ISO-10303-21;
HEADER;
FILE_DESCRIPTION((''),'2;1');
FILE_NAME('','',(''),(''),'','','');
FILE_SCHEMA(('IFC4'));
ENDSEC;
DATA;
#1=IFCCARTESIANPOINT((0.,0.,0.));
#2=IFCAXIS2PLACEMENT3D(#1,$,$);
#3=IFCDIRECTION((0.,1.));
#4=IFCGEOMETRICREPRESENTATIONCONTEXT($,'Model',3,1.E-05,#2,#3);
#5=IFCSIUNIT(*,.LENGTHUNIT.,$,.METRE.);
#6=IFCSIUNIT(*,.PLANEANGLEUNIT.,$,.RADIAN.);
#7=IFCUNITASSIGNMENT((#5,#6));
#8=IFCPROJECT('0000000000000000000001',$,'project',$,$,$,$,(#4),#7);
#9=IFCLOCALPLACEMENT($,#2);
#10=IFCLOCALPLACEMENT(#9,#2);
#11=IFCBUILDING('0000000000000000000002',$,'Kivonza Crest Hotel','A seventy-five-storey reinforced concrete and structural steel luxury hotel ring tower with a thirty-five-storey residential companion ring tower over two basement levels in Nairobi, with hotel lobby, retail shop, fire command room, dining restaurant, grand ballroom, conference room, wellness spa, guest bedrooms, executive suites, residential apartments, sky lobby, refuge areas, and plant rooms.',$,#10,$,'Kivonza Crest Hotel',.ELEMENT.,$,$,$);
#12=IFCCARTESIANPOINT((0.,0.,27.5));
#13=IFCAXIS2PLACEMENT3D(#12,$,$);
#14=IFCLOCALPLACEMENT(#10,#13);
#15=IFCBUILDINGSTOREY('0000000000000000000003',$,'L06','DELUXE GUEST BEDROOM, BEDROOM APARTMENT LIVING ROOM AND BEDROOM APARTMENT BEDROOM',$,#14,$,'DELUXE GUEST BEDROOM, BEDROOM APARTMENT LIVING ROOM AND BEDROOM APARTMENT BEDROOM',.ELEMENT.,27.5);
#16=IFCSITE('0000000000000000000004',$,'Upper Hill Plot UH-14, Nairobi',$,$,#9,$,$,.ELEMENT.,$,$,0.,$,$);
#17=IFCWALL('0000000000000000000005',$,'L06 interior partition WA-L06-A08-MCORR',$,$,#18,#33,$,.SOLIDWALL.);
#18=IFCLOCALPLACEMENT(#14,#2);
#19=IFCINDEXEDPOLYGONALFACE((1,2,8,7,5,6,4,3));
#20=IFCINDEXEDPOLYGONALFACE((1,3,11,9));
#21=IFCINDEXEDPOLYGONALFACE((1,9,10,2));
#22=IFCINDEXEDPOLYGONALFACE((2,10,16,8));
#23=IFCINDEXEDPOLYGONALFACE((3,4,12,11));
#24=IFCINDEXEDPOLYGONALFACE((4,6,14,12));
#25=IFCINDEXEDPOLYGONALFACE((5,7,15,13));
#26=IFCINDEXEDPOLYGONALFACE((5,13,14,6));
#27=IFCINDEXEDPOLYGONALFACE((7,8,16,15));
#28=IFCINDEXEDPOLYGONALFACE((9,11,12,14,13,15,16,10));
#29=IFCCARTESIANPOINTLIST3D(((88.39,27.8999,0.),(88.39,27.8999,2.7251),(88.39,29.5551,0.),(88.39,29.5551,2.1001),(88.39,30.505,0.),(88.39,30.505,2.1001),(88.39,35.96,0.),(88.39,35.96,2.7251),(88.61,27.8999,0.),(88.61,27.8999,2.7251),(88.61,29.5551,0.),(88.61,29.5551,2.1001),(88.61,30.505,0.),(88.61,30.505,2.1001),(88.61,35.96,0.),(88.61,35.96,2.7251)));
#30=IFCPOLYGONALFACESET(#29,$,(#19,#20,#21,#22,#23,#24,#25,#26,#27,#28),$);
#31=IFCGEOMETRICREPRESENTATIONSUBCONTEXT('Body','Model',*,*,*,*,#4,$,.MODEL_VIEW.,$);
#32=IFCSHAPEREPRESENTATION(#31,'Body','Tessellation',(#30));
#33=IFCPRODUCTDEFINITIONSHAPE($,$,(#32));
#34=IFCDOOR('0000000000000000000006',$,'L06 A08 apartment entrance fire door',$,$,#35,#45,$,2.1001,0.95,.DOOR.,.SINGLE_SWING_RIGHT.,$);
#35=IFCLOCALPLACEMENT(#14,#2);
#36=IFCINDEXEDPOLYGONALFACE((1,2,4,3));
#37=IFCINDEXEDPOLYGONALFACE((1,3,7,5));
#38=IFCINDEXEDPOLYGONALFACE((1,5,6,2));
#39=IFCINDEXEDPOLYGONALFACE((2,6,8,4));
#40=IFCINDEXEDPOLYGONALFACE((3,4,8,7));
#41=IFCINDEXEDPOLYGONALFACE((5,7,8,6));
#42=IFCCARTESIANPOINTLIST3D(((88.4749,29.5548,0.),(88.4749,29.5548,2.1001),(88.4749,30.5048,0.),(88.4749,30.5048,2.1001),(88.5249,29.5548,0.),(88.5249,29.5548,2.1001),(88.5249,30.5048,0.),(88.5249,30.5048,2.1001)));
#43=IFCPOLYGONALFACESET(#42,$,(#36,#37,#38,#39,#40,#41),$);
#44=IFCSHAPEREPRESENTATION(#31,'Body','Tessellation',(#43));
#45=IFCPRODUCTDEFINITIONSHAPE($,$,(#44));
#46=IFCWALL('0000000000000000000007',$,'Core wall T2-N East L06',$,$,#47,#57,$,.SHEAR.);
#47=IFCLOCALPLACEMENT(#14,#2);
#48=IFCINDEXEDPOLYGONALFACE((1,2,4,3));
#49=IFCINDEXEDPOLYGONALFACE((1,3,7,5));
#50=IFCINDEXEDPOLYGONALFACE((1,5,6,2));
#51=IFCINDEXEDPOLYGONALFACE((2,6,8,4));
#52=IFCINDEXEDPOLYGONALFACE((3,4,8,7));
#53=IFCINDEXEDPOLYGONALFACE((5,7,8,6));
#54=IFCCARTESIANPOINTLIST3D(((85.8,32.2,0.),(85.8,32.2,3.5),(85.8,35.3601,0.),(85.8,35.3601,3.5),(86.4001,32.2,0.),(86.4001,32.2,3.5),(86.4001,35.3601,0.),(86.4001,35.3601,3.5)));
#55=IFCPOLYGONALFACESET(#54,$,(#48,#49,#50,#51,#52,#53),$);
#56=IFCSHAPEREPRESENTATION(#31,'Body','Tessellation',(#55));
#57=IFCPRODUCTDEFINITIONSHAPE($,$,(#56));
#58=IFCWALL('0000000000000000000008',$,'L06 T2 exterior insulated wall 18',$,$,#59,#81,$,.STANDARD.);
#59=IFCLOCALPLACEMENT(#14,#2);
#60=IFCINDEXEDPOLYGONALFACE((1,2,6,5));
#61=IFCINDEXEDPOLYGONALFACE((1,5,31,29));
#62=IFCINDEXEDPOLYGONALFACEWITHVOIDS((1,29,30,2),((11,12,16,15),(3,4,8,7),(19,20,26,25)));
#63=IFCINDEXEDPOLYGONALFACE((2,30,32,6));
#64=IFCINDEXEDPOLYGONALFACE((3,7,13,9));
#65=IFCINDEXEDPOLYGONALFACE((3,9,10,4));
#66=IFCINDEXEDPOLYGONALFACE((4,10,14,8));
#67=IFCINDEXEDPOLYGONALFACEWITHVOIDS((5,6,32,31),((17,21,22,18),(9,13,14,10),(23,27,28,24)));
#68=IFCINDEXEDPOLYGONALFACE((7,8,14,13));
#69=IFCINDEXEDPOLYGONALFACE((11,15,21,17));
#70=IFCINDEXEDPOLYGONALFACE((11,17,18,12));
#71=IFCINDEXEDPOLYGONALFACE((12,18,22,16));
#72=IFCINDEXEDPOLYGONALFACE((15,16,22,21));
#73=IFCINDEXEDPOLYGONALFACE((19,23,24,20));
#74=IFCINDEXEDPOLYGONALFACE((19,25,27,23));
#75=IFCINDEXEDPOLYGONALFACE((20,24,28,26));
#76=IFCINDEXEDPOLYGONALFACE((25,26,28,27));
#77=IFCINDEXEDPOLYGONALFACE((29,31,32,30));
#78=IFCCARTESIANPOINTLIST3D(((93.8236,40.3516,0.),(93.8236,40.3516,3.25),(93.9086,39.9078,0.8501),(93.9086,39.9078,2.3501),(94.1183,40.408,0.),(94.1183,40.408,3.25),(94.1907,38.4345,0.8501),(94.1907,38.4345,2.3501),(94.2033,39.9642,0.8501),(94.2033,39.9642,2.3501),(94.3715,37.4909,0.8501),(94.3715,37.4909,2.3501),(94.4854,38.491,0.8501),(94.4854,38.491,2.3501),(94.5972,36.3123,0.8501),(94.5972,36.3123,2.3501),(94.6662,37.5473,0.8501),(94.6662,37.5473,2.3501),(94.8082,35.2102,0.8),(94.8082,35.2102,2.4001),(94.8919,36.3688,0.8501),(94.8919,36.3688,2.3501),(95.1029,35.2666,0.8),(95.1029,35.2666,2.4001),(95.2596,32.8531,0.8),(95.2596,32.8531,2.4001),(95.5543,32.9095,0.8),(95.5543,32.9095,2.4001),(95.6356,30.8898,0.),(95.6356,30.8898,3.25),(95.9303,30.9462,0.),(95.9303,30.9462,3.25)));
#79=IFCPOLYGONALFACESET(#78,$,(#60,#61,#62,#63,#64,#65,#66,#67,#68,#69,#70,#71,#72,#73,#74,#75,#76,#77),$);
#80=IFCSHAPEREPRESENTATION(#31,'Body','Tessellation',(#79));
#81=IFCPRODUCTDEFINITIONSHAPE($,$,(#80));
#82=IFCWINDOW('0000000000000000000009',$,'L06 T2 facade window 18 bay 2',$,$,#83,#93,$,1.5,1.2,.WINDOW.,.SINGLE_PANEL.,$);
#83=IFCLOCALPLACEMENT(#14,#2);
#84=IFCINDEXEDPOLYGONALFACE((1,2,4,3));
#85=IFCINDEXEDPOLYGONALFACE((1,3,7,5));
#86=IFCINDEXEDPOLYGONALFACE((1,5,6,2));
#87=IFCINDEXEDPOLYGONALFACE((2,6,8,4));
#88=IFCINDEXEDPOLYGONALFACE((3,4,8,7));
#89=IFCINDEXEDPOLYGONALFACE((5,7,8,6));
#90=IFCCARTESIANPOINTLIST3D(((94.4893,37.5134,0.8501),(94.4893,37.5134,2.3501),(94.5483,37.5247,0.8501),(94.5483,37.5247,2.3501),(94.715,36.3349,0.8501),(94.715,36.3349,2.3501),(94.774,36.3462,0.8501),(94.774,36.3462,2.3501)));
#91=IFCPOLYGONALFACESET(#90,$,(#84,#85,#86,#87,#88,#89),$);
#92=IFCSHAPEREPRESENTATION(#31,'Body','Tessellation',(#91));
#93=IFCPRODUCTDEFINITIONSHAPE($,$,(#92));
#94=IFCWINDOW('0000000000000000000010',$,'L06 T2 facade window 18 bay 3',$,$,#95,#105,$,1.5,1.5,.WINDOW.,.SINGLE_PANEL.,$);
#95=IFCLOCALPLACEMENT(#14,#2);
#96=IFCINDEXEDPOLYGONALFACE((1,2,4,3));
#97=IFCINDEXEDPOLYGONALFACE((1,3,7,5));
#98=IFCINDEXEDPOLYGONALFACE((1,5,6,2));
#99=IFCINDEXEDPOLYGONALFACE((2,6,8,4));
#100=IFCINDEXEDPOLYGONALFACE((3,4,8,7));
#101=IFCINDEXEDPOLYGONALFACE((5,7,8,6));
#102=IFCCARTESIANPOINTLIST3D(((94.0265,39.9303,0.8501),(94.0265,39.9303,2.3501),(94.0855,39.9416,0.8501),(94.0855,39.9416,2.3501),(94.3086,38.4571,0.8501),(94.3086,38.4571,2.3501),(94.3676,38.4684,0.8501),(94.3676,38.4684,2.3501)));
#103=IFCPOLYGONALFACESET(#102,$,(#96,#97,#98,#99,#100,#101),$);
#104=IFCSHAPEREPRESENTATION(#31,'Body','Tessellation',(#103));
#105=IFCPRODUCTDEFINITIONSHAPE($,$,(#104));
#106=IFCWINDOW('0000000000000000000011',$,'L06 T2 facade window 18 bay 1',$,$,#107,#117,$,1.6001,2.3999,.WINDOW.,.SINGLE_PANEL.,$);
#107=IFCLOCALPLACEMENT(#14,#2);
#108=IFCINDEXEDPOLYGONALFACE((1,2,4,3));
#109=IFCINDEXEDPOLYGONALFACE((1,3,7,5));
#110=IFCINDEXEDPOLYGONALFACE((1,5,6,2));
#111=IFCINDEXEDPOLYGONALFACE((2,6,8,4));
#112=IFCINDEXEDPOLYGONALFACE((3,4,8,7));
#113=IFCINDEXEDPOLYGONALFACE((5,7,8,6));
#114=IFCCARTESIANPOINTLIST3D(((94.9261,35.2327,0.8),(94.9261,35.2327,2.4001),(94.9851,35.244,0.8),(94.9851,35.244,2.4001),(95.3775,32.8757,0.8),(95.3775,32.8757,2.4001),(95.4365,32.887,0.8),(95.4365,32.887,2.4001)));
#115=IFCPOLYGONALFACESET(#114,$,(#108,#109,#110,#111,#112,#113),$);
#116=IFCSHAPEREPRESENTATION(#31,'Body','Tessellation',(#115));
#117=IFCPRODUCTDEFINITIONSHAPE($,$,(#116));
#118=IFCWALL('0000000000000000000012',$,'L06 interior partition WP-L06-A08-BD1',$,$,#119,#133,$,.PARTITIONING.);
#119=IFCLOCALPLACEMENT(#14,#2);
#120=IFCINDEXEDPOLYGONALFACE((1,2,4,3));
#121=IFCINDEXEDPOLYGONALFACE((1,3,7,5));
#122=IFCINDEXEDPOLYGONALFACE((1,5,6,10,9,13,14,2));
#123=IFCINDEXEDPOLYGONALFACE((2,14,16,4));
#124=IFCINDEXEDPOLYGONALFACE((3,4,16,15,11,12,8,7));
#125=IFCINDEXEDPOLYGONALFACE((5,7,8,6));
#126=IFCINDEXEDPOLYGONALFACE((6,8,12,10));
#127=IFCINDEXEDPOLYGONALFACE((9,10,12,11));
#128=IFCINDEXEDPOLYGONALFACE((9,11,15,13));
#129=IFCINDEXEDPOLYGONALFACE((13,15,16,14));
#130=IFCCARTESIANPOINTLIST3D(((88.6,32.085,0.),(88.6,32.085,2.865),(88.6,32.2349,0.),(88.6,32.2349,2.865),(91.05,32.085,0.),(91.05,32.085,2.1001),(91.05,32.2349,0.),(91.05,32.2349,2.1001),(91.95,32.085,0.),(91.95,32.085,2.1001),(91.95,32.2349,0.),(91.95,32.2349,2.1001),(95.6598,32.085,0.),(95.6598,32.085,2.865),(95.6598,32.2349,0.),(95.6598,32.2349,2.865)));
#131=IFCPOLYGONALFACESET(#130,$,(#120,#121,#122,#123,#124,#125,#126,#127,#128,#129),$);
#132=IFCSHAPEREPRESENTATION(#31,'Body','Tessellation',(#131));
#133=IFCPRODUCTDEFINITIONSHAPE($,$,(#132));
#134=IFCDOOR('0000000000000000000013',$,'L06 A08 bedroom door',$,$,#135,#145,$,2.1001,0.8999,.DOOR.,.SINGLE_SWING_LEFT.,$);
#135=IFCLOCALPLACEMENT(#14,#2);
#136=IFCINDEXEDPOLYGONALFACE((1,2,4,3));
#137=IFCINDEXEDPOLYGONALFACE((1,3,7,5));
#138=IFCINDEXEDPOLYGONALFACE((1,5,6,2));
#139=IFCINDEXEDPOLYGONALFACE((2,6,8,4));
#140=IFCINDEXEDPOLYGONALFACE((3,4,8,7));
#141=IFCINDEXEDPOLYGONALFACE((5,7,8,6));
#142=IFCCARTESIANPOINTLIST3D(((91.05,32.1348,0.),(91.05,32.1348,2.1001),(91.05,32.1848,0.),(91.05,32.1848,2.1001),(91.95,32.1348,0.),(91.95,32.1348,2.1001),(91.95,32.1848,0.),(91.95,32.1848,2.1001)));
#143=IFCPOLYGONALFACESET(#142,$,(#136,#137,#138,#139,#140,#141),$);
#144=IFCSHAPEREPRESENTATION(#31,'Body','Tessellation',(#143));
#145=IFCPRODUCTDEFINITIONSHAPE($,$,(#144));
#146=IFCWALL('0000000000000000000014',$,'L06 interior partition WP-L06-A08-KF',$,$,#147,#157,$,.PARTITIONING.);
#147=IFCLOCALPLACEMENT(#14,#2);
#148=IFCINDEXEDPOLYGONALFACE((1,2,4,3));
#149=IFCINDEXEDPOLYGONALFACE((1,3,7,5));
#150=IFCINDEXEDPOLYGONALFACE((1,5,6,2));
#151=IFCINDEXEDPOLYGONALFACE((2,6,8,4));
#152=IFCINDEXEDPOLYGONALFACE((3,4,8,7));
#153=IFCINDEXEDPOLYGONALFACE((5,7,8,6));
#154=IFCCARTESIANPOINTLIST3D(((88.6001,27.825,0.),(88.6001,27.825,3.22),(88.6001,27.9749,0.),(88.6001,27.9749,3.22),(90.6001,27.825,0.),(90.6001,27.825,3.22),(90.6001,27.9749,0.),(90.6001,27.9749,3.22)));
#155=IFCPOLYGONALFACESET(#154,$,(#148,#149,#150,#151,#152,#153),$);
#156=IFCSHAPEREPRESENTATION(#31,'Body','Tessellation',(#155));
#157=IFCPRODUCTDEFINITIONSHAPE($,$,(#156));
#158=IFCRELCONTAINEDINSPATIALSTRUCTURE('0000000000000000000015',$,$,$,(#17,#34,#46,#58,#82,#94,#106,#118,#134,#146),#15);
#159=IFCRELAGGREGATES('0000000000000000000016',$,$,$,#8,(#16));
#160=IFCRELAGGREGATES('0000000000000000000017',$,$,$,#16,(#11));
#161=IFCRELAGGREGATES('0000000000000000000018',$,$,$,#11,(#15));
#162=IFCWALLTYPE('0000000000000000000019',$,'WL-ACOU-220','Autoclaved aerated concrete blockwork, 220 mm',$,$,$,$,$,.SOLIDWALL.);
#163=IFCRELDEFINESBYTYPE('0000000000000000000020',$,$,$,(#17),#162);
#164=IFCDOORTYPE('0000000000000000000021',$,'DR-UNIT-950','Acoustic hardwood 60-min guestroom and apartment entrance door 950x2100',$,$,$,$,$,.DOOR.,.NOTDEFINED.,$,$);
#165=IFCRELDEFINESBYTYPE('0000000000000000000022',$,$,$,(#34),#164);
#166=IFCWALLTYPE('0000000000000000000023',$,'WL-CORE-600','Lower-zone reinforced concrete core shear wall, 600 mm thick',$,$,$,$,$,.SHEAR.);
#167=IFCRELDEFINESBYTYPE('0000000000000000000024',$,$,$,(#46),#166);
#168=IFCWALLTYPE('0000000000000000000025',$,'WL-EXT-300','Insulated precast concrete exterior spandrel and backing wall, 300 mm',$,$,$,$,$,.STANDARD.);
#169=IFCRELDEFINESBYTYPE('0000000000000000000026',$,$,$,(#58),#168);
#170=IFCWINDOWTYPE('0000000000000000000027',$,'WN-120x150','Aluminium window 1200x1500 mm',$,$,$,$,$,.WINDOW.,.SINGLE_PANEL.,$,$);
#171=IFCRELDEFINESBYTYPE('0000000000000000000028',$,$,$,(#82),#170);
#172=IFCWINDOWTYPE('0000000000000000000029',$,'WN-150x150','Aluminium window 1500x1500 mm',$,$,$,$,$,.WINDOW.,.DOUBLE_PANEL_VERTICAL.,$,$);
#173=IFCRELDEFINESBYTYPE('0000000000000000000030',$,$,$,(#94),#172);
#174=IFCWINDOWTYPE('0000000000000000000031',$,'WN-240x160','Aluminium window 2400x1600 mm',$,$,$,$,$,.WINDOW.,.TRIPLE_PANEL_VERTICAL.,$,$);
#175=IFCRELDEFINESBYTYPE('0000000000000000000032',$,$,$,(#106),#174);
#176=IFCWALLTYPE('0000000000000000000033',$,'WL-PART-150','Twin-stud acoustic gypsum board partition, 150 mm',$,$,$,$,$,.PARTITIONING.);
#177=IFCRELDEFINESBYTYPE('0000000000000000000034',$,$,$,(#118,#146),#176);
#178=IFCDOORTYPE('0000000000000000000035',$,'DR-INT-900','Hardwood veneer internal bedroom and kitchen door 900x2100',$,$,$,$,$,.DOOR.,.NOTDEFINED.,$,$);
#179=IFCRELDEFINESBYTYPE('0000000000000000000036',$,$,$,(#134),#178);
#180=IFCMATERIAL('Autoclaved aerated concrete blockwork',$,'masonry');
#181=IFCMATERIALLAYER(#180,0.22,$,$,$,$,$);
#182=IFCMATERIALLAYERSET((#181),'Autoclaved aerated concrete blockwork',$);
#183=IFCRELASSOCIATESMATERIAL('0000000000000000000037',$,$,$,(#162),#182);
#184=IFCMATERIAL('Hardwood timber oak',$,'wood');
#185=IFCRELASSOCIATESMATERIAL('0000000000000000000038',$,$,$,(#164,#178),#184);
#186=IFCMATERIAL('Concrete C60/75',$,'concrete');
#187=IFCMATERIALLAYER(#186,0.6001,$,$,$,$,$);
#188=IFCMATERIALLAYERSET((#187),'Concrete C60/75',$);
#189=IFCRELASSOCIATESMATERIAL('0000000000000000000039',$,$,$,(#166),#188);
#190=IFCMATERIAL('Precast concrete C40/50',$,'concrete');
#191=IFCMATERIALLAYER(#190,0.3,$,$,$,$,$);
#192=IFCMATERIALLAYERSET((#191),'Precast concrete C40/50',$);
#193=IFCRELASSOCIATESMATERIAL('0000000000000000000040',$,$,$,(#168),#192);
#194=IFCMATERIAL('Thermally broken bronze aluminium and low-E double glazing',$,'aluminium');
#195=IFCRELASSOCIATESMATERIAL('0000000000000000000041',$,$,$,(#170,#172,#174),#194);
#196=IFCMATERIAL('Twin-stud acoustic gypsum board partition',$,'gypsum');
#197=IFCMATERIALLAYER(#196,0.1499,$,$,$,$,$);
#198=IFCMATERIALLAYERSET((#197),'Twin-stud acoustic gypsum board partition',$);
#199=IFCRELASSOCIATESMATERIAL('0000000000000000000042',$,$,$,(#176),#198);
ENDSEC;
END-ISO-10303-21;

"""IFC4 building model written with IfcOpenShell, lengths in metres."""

from ifc_helpers import new_model, si_unit, direction, frame, frame_2d, origin, place, context, subcontext, project, spatial, rectangle, extrude, material, layer, layer_set, type_object, element, fill, save


model = new_model("IFC4")

# Units and contexts
model_context = context("Model", 3, precision=1e-05, world=origin(), true_north=direction((0.0, 1.0)))
body_context = subcontext(model_context, "Body", "Model", "MODEL_VIEW")
ifc_project = project(units=[si_unit("LENGTHUNIT", "METRE"), si_unit("PLANEANGLEUNIT", "RADIAN")], contexts=[model_context])

# Site, building, storey
site_placement = place(None, origin())
site = spatial("IfcSite", under=ifc_project, at=site_placement, Name="Upper Hill Plot UH-14, Nairobi", CompositionType="ELEMENT", RefElevation=0.0)
building_placement = place(site_placement, origin())
building = spatial("IfcBuilding", under=site, at=building_placement, Name="Kivonza Crest Hotel", Description="A seventy-five-storey reinforced concrete and structural steel luxury hotel ring tower with a thirty-five-storey residential companion ring tower over two basement levels in Nairobi, with hotel lobby, retail shop, fire command room, dining restaurant, grand ballroom, conference room, wellness spa, guest bedrooms, executive suites, residential apartments, sky lobby, refuge areas, and plant rooms.", LongName="Kivonza Crest Hotel", CompositionType="ELEMENT")
storey_placement = place(building_placement, frame((0.0, 0.0, 27.5)))
storey = spatial("IfcBuildingStorey", under=building, at=storey_placement, Name="L06", Description="DELUXE GUEST BEDROOM, BEDROOM APARTMENT LIVING ROOM AND BEDROOM APARTMENT BEDROOM", LongName="DELUXE GUEST BEDROOM, BEDROOM APARTMENT LIVING ROOM AND BEDROOM APARTMENT BEDROOM", CompositionType="ELEMENT", Elevation=27.5)

# Shared definitions
ifc_material_1 = material(Name="Autoclaved aerated concrete blockwork", Category="masonry")
ifc_layer_1 = layer(ifc_material_1, 0.22)
ifc_layer_set_1 = layer_set([ifc_layer_1], Name="Autoclaved aerated concrete blockwork")
wall_type_1 = type_object("IfcWallType", Name="WL-ACOU-220", Description="Autoclaved aerated concrete blockwork, 220 mm", PredefinedType="SOLIDWALL", material=ifc_layer_set_1)

# Wall, opening, door
wall_1_placement = place(storey_placement, frame((88.5, 27.8999, 0.0), z_axis=(0.0, 0.0, 1.0), x_axis=(0.0, 1.0, 0.0)))
wall_1 = element("IfcWall", 1, at=wall_1_placement, inside=storey, type_object=wall_type_1, Name="L06 interior partition WA-L06-A08-MCORR", PredefinedType="SOLIDWALL", context=body_context, shape_type="SweptSolid", body=[
    extrude(rectangle(XDim=8.0601, YDim=0.22, at=frame_2d((4.03, 0.0))), origin(), (0.0, 0.0, 1.0), 2.7251),
])
opening_1_placement = place(wall_1_placement, frame((1.655, 0.0, 0.0)))
opening_1 = element("IfcOpeningElement", 2, at=opening_1_placement, cuts=wall_1, PredefinedType="OPENING", context=body_context, shape_type="SweptSolid", body=[
    extrude(rectangle(XDim=0.95, YDim=2.1001, at=frame_2d((0.4751, 1.05))), frame((0.0, 0.1201, 0.0), z_axis=(0.0, -1.0, 0.0), x_axis=(1.0, 0.0, 0.0)), (0.0, 0.0, 1.0), 0.24),
])
ifc_material_2 = material(Name="Hardwood timber oak", Category="wood")
door_type_1 = type_object("IfcDoorType", Name="DR-UNIT-950", Description="Acoustic hardwood 60-min guestroom and apartment entrance door 950x2100", OperationType="NOTDEFINED", PredefinedType="DOOR", material=ifc_material_2)
door_1_placement = place(opening_1_placement, frame((0.95, 0.0, 0.0), z_axis=(0.0, 0.0, 1.0), x_axis=(-1.0, 0.0, 0.0)))
door_1 = element("IfcDoor", 3, at=door_1_placement, inside=storey, type_object=door_type_1, Name="L06 A08 apartment entrance fire door", OperationType="SINGLE_SWING_RIGHT", OverallHeight=2.1001, OverallWidth=0.95, PredefinedType="DOOR", context=body_context, shape_type="SweptSolid", body=[
    extrude(rectangle(XDim=0.95, YDim=2.1001, at=frame_2d((0.4751, 1.05))), frame((0.0, 0.0249, 0.0), z_axis=(0.0, -1.0, 0.0), x_axis=(1.0, 0.0, 0.0)), (0.0, 0.0, 1.0), 0.05),
])
fill(opening_1, door_1)

# Wall
ifc_material_3 = material(Name="Concrete C60/75", Category="concrete")
ifc_layer_2 = layer(ifc_material_3, 0.6001)
ifc_layer_set_2 = layer_set([ifc_layer_2], Name="Concrete C60/75")
wall_type_2 = type_object("IfcWallType", Name="WL-CORE-600", Description="Lower-zone reinforced concrete core shear wall, 600 mm thick", PredefinedType="SHEAR", material=ifc_layer_set_2)
wall_2_placement = place(storey_placement, frame((86.1001, 32.2, 0.0), z_axis=(0.0, 0.0, 1.0), x_axis=(0.0, 1.0, 0.0)))
element("IfcWall", 4, at=wall_2_placement, inside=storey, type_object=wall_type_2, Name="Core wall T2-N East L06", PredefinedType="SHEAR", context=body_context, shape_type="SweptSolid", body=[
    extrude(rectangle(XDim=3.1602, YDim=0.6001, at=frame_2d((1.5801, 0.0))), origin(), (0.0, 0.0, 1.0), 3.5),
])

# Wall, openings, windows
ifc_material_4 = material(Name="Precast concrete C40/50", Category="concrete")
ifc_layer_3 = layer(ifc_material_4, 0.3)
ifc_layer_set_3 = layer_set([ifc_layer_3], Name="Precast concrete C40/50")
wall_type_3 = type_object("IfcWallType", Name="WL-EXT-300", Description="Insulated precast concrete exterior spandrel and backing wall, 300 mm", PredefinedType="STANDARD", material=ifc_layer_set_3)
wall_3_placement = place(storey_placement, frame((95.783, 30.918, 0.0), z_axis=(0.0, 0.0, 1.0), x_axis=(-0.188088, 0.982152, 0.0)))
wall_3 = element("IfcWall", 5, at=wall_3_placement, inside=storey, type_object=wall_type_3, Name="L06 T2 exterior insulated wall 18", PredefinedType="STANDARD", context=body_context, shape_type="SweptSolid", body=[
    extrude(rectangle(XDim=9.6338, YDim=0.3, at=frame_2d((4.8169, 0.0))), origin(), (0.0, 0.0, 1.0), 3.25),
])
opening_2_placement = place(wall_3_placement, frame((1.999, 0.0, 0.8)))
opening_2 = element("IfcOpeningElement", 6, at=opening_2_placement, cuts=wall_3, PredefinedType="OPENING", context=body_context, shape_type="SweptSolid", body=[
    extrude(rectangle(XDim=2.3999, YDim=1.6001, at=frame_2d((1.2, 0.8))), frame((0.0, 0.1602, 0.0), z_axis=(0.0, -1.0, 0.0), x_axis=(1.0, 0.0, 0.0)), (0.0, 0.0, 1.0), 0.3201),
])
opening_3_placement = place(wall_3_placement, frame((5.521, 0.0, 0.8501)))
opening_3 = element("IfcOpeningElement", 7, at=opening_3_placement, cuts=wall_3, PredefinedType="OPENING", context=body_context, shape_type="SweptSolid", body=[
    extrude(rectangle(XDim=1.2, YDim=1.5, at=frame_2d((0.6001, 0.75))), frame((0.0, 0.1602, 0.0), z_axis=(0.0, -1.0, 0.0), x_axis=(1.0, 0.0, 0.0)), (0.0, 0.0, 1.0), 0.3201),
])
opening_4_placement = place(wall_3_placement, frame((7.6819, 0.0, 0.8501)))
opening_4 = element("IfcOpeningElement", 8, at=opening_4_placement, cuts=wall_3, PredefinedType="OPENING", context=body_context, shape_type="SweptSolid", body=[
    extrude(rectangle(XDim=1.5, YDim=1.5, at=frame_2d((0.75, 0.75))), frame((0.0, 0.1602, 0.0), z_axis=(0.0, -1.0, 0.0), x_axis=(1.0, 0.0, 0.0)), (0.0, 0.0, 1.0), 0.3201),
])
ifc_material_5 = material(Name="Thermally broken bronze aluminium and low-E double glazing", Category="aluminium")
window_type_1 = type_object("IfcWindowType", Name="WN-120x150", Description="Aluminium window 1200x1500 mm", PartitioningType="SINGLE_PANEL", PredefinedType="WINDOW", material=ifc_material_5)
window_1_placement = place(opening_3_placement, origin())
window_1 = element("IfcWindow", 9, at=window_1_placement, inside=storey, type_object=window_type_1, Name="L06 T2 facade window 18 bay 2", OverallHeight=1.5, OverallWidth=1.2, PartitioningType="SINGLE_PANEL", PredefinedType="WINDOW", context=body_context, shape_type="SweptSolid", body=[
    extrude(rectangle(XDim=1.2, YDim=1.5, at=frame_2d((0.6001, 0.75))), frame((0.0, 0.03, 0.0), z_axis=(0.0, -1.0, 0.0), x_axis=(1.0, 0.0, 0.0)), (0.0, 0.0, 1.0), 0.0601),
])
fill(opening_3, window_1)
window_type_2 = type_object("IfcWindowType", Name="WN-150x150", Description="Aluminium window 1500x1500 mm", PartitioningType="DOUBLE_PANEL_VERTICAL", PredefinedType="WINDOW", material=ifc_material_5)
window_2_placement = place(opening_4_placement, origin())
window_2 = element("IfcWindow", 10, at=window_2_placement, inside=storey, type_object=window_type_2, Name="L06 T2 facade window 18 bay 3", OverallHeight=1.5, OverallWidth=1.5, PartitioningType="SINGLE_PANEL", PredefinedType="WINDOW", context=body_context, shape_type="SweptSolid", body=[
    extrude(rectangle(XDim=1.5, YDim=1.5, at=frame_2d((0.75, 0.75))), frame((0.0, 0.03, 0.0), z_axis=(0.0, -1.0, 0.0), x_axis=(1.0, 0.0, 0.0)), (0.0, 0.0, 1.0), 0.0601),
])
fill(opening_4, window_2)
window_type_3 = type_object("IfcWindowType", Name="WN-240x160", Description="Aluminium window 2400x1600 mm", PartitioningType="TRIPLE_PANEL_VERTICAL", PredefinedType="WINDOW", material=ifc_material_5)
window_3_placement = place(opening_2_placement, origin())
window_3 = element("IfcWindow", 11, at=window_3_placement, inside=storey, type_object=window_type_3, Name="L06 T2 facade window 18 bay 1", OverallHeight=1.6001, OverallWidth=2.3999, PartitioningType="SINGLE_PANEL", PredefinedType="WINDOW", context=body_context, shape_type="SweptSolid", body=[
    extrude(rectangle(XDim=2.3999, YDim=1.6001, at=frame_2d((1.2, 0.8))), frame((0.0, 0.03, 0.0), z_axis=(0.0, -1.0, 0.0), x_axis=(1.0, 0.0, 0.0)), (0.0, 0.0, 1.0), 0.0601),
])
fill(opening_2, window_3)

# Wall, opening, door
ifc_material_6 = material(Name="Twin-stud acoustic gypsum board partition", Category="gypsum")
ifc_layer_4 = layer(ifc_material_6, 0.1499)
ifc_layer_set_4 = layer_set([ifc_layer_4], Name="Twin-stud acoustic gypsum board partition")
wall_type_4 = type_object("IfcWallType", Name="WL-PART-150", Description="Twin-stud acoustic gypsum board partition, 150 mm", PredefinedType="PARTITIONING", material=ifc_layer_set_4)
wall_4_placement = place(storey_placement, frame((88.6001, 32.1599, 0.0), z_axis=(0.0, 0.0, 1.0), x_axis=(1.0, 0.0, 0.0)))
wall_4 = element("IfcWall", 12, at=wall_4_placement, inside=storey, type_object=wall_type_4, Name="L06 interior partition WP-L06-A08-BD1", PredefinedType="PARTITIONING", context=body_context, shape_type="SweptSolid", body=[
    extrude(rectangle(XDim=7.0598, YDim=0.1499, at=frame_2d((3.5298, 0.0))), origin(), (0.0, 0.0, 1.0), 2.865),
])
opening_5_placement = place(wall_4_placement, frame((2.45, 0.0, 0.0)))
opening_5 = element("IfcOpeningElement", 13, at=opening_5_placement, cuts=wall_4, PredefinedType="OPENING", context=body_context, shape_type="SweptSolid", body=[
    extrude(rectangle(XDim=0.8999, YDim=2.1001, at=frame_2d((0.45, 1.05))), frame((0.0, 0.085, 0.0), z_axis=(0.0, -1.0, 0.0), x_axis=(1.0, 0.0, 0.0)), (0.0, 0.0, 1.0), 0.1699),
])
door_type_2 = type_object("IfcDoorType", Name="DR-INT-900", Description="Hardwood veneer internal bedroom and kitchen door 900x2100", OperationType="NOTDEFINED", PredefinedType="DOOR", material=ifc_material_2)
door_2_placement = place(opening_5_placement, origin())
door_2 = element("IfcDoor", 14, at=door_2_placement, inside=storey, type_object=door_type_2, Name="L06 A08 bedroom door", OperationType="SINGLE_SWING_LEFT", OverallHeight=2.1001, OverallWidth=0.8999, PredefinedType="DOOR", context=body_context, shape_type="SweptSolid", body=[
    extrude(rectangle(XDim=0.8999, YDim=2.1001, at=frame_2d((0.45, 1.05))), frame((0.0, 0.0249, 0.0), z_axis=(0.0, -1.0, 0.0), x_axis=(1.0, 0.0, 0.0)), (0.0, 0.0, 1.0), 0.05),
])
fill(opening_5, door_2)

# Wall
wall_5_placement = place(storey_placement, frame((88.6001, 27.8999, 0.0), z_axis=(0.0, 0.0, 1.0), x_axis=(1.0, 0.0, 0.0)))
element("IfcWall", 15, at=wall_5_placement, inside=storey, type_object=wall_type_4, Name="L06 interior partition WP-L06-A08-KF", PredefinedType="PARTITIONING", context=body_context, shape_type="SweptSolid", body=[
    extrude(rectangle(XDim=2.0, YDim=0.1499, at=frame_2d((1.0, 0.0))), origin(), (0.0, 0.0, 1.0), 3.22),
])

save(model, "model.ifc")
